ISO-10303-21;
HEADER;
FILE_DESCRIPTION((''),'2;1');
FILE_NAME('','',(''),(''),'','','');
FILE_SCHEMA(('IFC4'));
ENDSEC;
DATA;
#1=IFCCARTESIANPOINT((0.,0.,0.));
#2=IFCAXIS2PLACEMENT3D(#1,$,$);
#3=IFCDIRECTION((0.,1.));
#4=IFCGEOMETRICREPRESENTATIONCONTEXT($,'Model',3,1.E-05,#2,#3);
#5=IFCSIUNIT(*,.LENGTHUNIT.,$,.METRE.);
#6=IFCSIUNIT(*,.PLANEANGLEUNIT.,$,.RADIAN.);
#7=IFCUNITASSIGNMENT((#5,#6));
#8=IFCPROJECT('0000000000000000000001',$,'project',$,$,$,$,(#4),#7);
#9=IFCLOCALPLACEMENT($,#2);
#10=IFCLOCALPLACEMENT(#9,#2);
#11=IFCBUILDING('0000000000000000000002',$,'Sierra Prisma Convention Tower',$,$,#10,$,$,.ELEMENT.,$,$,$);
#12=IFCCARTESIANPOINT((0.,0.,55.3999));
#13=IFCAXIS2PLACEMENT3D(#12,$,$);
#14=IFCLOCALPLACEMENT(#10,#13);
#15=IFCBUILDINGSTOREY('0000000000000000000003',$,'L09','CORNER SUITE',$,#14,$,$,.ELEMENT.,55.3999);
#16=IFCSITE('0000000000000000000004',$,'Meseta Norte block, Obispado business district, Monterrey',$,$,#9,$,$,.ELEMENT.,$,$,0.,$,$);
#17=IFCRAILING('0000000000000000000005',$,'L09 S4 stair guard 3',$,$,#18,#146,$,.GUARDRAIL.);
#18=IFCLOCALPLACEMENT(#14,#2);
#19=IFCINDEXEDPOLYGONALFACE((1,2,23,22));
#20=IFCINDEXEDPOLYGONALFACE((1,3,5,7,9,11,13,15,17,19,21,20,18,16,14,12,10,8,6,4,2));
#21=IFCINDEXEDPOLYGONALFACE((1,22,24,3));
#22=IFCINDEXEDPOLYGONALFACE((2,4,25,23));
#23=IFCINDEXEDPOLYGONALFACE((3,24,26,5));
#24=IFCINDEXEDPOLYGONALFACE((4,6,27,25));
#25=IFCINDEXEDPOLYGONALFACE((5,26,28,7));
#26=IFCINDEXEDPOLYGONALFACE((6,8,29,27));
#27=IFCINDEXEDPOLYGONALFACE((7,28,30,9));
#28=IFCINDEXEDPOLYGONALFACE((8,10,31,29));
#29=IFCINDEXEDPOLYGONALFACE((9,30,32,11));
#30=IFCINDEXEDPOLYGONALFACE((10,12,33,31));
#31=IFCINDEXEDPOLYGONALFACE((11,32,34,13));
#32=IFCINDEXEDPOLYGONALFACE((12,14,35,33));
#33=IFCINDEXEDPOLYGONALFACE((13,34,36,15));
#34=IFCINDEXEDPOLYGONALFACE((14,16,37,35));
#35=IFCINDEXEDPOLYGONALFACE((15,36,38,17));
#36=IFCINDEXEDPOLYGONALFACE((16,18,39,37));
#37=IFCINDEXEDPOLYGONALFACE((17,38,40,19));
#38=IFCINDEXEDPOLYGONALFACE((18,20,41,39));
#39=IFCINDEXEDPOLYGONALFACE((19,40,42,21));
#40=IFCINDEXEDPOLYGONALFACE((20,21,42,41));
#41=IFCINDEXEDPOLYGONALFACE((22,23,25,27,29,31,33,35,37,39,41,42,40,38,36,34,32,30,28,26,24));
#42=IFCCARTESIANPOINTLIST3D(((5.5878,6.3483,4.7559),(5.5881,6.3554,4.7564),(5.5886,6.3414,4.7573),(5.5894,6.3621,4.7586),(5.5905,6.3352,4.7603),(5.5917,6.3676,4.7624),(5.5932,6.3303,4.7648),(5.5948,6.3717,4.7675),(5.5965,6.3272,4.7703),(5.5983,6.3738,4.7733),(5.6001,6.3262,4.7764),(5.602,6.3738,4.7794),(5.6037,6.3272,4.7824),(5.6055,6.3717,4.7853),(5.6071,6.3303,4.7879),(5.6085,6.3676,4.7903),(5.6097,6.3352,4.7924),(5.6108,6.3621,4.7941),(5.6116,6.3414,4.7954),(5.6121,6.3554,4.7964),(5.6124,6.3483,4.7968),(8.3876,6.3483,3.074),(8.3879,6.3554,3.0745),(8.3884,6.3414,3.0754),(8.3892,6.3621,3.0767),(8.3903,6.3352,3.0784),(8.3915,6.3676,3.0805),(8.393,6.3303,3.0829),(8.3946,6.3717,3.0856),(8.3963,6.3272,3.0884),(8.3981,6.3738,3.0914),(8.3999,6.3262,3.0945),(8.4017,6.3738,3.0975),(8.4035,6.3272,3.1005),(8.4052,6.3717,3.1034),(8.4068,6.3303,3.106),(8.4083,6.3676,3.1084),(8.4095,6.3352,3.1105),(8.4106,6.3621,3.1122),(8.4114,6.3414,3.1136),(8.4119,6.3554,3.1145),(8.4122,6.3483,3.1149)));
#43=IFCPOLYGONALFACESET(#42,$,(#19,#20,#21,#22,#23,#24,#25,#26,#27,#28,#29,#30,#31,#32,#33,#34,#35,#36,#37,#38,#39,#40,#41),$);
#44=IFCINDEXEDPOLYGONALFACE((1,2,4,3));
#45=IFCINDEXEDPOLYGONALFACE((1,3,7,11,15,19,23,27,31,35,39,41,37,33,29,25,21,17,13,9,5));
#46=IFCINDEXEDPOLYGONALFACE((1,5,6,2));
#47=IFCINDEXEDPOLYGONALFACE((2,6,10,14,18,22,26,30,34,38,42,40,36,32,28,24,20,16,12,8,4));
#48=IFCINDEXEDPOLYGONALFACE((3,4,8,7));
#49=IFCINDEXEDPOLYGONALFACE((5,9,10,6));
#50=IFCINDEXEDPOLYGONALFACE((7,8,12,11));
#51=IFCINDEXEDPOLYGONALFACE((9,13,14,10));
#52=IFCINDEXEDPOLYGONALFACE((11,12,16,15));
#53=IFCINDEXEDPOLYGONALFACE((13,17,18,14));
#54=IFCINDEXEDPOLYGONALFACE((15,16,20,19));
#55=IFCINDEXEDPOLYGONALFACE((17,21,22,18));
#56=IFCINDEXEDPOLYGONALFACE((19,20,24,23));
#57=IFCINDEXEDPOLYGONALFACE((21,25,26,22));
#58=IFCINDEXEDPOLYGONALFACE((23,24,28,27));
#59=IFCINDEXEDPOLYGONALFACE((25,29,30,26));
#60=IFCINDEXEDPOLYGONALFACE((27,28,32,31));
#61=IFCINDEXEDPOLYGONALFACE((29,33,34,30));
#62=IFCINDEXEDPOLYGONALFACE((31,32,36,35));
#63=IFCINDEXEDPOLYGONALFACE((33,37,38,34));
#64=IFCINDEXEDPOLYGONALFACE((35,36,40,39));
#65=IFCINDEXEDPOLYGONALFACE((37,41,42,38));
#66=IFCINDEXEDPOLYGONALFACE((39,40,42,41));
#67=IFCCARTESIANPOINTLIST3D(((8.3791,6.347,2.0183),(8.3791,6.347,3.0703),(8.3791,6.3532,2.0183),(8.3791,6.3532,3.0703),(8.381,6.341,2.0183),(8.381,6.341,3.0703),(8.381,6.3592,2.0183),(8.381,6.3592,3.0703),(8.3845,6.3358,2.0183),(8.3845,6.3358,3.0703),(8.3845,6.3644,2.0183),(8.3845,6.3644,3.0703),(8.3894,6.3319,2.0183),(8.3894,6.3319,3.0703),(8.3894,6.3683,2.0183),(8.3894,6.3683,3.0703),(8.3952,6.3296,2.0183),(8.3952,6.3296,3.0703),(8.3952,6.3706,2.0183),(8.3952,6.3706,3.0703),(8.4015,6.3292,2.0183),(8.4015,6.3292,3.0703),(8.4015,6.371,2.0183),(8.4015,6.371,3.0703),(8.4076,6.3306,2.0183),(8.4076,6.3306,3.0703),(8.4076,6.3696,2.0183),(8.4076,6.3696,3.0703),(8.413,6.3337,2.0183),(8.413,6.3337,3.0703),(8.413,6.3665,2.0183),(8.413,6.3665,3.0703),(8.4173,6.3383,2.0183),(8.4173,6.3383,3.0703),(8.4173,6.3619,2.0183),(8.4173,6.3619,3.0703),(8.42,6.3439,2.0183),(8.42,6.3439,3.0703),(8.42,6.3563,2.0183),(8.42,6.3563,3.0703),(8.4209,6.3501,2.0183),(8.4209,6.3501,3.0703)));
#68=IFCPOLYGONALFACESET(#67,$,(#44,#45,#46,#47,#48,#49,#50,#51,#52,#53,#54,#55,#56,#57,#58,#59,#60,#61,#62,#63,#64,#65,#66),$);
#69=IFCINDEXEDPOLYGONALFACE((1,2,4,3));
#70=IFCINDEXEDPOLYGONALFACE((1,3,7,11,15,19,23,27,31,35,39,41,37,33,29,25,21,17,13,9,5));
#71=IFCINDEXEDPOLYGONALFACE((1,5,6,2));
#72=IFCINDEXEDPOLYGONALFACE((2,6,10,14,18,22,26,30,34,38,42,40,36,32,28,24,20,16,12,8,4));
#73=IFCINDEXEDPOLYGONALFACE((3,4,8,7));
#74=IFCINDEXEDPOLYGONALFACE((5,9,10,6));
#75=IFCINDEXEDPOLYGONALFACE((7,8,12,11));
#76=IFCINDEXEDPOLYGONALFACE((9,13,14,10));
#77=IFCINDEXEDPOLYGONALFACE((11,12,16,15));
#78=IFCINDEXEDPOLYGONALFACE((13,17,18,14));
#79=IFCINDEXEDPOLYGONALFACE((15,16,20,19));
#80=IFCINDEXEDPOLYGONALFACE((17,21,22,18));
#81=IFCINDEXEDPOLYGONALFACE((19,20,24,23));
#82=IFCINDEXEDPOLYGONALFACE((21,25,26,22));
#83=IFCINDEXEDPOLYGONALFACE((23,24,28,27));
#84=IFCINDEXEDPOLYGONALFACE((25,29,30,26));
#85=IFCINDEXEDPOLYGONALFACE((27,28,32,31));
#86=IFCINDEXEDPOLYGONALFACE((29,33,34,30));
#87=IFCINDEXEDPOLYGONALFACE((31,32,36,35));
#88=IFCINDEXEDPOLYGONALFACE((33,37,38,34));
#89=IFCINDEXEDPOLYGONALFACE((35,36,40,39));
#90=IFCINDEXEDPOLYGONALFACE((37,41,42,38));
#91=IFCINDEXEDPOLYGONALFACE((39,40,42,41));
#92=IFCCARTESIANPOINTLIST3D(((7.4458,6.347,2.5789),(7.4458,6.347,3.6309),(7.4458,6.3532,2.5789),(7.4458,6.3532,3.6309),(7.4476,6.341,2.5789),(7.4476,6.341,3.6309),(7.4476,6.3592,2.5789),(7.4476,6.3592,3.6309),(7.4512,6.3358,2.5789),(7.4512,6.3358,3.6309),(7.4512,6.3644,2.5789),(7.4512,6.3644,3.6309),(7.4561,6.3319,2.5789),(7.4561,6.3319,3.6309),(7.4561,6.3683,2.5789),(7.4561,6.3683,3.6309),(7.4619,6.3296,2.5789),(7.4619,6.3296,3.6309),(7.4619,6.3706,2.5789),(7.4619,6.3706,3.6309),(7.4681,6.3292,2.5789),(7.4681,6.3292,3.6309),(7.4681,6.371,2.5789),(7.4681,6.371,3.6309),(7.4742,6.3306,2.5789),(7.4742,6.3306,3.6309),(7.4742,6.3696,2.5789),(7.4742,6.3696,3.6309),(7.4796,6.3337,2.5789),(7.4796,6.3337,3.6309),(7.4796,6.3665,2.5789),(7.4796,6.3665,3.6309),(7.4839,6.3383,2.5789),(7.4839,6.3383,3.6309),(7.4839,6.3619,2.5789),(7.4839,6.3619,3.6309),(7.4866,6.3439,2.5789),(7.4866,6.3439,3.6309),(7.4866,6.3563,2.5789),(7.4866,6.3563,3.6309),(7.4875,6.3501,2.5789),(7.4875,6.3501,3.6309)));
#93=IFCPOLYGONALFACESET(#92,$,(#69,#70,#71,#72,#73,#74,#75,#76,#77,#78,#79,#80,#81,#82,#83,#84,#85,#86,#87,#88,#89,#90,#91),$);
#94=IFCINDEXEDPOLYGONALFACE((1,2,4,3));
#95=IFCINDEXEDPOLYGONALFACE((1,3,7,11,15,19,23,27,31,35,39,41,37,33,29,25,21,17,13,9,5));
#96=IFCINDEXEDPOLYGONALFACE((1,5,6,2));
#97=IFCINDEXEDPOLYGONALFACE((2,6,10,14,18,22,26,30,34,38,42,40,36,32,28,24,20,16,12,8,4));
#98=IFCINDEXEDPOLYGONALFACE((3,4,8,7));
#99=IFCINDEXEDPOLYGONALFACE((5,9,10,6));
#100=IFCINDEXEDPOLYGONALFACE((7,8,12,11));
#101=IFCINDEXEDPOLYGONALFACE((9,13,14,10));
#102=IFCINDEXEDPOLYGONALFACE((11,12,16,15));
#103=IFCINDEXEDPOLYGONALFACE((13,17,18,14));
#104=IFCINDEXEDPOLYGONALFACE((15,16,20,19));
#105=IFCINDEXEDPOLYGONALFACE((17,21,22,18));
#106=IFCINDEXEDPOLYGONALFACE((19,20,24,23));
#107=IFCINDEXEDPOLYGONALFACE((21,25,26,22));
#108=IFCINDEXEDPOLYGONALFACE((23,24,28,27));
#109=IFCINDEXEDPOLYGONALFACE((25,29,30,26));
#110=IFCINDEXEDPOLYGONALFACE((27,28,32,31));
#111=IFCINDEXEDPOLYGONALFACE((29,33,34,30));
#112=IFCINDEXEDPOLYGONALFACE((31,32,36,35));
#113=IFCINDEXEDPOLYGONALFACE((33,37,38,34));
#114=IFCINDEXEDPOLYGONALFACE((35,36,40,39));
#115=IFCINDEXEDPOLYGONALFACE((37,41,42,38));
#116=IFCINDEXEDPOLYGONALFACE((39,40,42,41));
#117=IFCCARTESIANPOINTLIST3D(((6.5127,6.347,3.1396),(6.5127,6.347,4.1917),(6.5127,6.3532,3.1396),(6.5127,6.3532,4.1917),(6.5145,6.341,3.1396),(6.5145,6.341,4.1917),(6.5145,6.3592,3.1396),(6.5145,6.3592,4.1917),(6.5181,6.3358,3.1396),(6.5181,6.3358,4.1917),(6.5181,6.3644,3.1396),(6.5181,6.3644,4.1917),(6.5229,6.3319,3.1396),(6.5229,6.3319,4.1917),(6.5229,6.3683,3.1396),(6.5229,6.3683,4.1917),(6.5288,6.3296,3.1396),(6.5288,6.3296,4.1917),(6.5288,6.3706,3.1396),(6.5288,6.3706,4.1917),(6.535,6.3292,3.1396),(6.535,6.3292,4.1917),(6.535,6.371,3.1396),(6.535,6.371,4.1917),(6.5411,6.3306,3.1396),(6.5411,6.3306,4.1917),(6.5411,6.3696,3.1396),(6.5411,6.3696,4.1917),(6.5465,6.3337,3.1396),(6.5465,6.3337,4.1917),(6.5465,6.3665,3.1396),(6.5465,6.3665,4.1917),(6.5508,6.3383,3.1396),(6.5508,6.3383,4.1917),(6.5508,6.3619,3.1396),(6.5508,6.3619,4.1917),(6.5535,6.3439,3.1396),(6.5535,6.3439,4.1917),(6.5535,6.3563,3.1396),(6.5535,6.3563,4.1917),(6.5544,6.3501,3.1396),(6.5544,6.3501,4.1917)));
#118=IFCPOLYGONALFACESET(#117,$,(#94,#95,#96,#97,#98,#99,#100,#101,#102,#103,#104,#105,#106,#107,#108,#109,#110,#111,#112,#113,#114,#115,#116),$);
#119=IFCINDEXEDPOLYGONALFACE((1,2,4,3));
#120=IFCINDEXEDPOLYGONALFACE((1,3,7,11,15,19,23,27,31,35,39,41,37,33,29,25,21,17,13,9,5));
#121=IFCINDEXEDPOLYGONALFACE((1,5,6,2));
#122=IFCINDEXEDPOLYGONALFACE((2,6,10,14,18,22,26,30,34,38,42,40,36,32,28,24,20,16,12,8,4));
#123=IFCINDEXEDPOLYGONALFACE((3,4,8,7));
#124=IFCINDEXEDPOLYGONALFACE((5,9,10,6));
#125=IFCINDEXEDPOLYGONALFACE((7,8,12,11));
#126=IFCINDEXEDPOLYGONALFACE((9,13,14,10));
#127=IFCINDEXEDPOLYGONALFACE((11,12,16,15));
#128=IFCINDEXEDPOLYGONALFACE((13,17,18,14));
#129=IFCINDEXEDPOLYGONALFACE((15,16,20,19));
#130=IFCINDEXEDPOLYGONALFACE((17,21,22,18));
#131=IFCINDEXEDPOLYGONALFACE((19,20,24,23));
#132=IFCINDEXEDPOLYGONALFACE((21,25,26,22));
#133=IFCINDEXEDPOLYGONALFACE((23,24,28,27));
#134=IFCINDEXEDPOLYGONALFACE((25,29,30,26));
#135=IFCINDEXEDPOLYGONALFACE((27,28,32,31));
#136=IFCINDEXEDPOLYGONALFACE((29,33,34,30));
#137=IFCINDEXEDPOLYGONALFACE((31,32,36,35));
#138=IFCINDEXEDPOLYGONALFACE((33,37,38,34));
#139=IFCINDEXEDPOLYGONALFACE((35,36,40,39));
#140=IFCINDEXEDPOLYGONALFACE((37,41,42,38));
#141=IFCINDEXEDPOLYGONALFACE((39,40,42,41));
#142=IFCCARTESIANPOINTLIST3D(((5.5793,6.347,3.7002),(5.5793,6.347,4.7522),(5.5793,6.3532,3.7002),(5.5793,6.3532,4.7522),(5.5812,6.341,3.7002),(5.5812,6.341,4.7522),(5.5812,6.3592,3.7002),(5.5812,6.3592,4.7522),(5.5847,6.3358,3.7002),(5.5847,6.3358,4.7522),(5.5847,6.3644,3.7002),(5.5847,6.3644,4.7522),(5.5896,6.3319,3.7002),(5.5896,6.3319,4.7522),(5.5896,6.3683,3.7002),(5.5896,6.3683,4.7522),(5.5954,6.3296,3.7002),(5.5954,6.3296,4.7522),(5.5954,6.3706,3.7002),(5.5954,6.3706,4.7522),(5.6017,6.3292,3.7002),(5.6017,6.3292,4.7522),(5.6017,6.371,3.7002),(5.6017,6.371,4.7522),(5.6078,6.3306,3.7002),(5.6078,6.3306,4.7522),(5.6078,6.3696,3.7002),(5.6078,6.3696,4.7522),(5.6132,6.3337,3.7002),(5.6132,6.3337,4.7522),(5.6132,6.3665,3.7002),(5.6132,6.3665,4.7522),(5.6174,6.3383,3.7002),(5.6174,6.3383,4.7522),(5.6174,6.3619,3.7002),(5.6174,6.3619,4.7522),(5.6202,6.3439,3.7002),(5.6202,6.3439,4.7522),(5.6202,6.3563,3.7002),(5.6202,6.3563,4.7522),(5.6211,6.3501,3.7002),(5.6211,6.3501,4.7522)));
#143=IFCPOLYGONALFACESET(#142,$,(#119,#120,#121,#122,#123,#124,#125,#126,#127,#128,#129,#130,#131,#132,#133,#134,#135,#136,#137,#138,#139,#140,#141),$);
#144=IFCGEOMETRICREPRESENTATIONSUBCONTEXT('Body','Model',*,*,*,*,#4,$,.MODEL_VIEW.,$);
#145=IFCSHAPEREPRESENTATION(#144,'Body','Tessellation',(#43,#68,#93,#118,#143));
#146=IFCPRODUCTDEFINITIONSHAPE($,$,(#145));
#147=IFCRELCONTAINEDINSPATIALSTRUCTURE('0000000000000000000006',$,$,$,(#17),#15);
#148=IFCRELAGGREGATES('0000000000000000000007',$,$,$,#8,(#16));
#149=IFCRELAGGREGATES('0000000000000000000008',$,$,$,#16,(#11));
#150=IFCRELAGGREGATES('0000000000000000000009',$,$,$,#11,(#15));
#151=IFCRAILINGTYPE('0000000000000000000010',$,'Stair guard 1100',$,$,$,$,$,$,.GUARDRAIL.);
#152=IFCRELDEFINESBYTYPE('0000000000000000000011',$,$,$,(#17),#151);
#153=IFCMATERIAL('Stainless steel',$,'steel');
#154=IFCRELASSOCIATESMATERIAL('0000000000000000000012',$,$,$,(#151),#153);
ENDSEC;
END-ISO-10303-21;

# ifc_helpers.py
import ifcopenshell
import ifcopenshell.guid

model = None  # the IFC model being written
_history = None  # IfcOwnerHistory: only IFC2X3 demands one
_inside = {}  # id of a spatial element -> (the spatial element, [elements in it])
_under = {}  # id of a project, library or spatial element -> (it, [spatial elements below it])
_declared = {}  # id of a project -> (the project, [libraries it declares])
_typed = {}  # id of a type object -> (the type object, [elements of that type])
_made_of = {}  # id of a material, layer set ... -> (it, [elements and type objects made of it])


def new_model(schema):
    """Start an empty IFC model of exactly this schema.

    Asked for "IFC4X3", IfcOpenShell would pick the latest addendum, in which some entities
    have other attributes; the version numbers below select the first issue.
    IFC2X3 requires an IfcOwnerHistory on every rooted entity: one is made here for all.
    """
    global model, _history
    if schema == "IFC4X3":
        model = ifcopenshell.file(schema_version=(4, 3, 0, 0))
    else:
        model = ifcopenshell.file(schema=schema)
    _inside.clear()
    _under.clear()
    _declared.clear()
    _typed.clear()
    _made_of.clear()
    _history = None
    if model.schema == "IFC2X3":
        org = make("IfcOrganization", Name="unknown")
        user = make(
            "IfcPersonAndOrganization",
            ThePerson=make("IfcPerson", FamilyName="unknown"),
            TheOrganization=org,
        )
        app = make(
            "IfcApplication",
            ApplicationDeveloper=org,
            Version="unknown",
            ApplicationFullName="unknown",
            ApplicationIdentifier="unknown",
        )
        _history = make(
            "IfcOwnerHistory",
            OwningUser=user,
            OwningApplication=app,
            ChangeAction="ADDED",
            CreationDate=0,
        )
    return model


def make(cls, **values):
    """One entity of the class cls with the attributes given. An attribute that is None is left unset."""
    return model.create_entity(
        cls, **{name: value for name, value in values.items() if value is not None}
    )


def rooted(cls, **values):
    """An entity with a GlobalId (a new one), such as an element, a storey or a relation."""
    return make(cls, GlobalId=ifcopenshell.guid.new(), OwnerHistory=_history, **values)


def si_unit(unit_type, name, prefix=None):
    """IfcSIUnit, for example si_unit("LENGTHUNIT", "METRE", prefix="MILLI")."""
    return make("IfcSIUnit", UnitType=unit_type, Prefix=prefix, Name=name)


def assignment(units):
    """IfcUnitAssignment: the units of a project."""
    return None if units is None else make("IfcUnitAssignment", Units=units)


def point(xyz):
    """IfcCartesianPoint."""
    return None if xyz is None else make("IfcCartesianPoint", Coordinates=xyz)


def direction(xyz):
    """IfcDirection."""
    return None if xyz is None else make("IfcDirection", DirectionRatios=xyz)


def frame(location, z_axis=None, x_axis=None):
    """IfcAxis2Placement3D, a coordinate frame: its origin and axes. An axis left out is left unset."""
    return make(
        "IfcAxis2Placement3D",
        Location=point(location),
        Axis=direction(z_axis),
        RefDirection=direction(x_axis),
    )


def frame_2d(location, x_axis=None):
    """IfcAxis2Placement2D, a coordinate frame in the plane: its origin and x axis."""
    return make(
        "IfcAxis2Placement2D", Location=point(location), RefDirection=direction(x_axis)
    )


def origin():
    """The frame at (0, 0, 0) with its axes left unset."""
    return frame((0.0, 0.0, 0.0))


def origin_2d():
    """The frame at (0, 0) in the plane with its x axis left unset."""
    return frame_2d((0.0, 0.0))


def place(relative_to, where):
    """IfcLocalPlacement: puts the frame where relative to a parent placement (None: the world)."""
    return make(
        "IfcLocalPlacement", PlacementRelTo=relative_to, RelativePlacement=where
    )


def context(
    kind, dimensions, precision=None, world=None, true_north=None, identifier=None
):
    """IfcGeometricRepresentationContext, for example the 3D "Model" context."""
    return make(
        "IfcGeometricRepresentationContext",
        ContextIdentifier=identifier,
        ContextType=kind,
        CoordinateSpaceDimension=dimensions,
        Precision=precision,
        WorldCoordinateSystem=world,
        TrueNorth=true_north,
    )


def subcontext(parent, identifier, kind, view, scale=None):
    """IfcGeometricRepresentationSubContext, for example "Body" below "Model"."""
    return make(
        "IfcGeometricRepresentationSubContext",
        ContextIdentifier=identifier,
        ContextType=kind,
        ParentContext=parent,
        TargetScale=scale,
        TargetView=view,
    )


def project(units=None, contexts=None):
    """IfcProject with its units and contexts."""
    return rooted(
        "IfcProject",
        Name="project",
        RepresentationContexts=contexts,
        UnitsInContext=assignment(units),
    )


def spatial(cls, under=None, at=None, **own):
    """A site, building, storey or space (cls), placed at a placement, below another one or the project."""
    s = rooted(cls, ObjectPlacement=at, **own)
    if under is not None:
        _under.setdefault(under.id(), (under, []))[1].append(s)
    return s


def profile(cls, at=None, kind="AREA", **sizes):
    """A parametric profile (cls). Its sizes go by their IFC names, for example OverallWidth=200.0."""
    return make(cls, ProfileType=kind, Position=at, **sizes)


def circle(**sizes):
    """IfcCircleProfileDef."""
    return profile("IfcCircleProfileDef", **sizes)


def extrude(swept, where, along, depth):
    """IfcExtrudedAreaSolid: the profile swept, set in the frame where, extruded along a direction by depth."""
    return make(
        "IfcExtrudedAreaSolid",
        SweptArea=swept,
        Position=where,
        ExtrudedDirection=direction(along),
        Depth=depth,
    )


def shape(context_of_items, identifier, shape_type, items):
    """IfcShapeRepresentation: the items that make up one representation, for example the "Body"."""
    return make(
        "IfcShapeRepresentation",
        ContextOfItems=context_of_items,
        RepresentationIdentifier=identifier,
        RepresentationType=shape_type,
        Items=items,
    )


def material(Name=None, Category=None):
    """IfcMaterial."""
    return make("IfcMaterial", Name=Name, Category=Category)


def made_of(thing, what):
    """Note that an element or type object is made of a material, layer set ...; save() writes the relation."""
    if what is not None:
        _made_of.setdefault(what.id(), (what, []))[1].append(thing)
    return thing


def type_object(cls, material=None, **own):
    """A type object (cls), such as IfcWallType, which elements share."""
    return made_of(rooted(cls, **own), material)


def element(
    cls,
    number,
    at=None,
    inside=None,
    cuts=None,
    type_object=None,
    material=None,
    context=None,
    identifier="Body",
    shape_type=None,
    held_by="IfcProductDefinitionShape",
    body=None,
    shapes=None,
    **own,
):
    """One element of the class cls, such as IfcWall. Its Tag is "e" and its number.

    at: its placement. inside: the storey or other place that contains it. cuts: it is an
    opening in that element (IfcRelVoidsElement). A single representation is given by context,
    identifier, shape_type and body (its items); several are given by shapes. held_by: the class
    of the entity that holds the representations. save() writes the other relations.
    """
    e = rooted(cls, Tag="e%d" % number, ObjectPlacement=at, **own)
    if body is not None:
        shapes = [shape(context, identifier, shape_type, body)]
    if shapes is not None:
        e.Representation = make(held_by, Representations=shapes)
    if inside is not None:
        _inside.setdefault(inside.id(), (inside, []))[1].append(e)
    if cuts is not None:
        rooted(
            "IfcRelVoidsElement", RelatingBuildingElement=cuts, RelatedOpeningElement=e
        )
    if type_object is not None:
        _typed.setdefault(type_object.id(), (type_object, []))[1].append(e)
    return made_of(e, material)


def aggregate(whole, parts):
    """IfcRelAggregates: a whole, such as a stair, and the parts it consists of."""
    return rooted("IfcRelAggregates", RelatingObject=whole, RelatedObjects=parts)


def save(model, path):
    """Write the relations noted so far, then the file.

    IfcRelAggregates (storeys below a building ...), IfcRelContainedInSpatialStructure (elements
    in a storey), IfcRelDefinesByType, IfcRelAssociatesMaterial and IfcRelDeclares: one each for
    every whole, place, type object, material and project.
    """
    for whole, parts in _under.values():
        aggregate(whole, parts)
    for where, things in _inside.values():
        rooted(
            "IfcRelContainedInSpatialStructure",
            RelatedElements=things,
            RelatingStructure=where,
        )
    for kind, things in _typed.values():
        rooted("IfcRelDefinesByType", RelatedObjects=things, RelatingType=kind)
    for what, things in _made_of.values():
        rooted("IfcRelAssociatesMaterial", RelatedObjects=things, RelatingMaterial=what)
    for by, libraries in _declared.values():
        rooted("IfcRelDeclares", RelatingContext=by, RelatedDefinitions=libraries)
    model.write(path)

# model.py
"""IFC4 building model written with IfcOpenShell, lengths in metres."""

from ifc_helpers import new_model, si_unit, direction, frame, origin, origin_2d, place, context, subcontext, project, spatial, circle, extrude, material, type_object, element, save


model = new_model("IFC4")

# Units and contexts
model_context = context("Model", 3, precision=1e-05, world=origin(), true_north=direction((0.0, 1.0)))
body_context = subcontext(model_context, "Body", "Model", "MODEL_VIEW")
ifc_project = project(units=[si_unit("LENGTHUNIT", "METRE"), si_unit("PLANEANGLEUNIT", "RADIAN")], contexts=[model_context])

# Site, building, storey
site_placement = place(None, origin())
site = spatial("IfcSite", under=ifc_project, at=site_placement, Name="Meseta Norte block, Obispado business district, Monterrey", CompositionType="ELEMENT", RefElevation=0.0)
building_placement = place(site_placement, origin())
building = spatial("IfcBuilding", under=site, at=building_placement, Name="Sierra Prisma Convention Tower", CompositionType="ELEMENT")
storey_placement = place(building_placement, frame((0.0, 0.0, 55.3999)))
storey = spatial("IfcBuildingStorey", under=building, at=storey_placement, Name="L09", Description="CORNER SUITE", CompositionType="ELEMENT", Elevation=55.3999)

# Railing
ifc_material_1 = material(Name="Stainless steel", Category="steel")
railing_type_1 = type_object("IfcRailingType", Name="Stair guard 1100", PredefinedType="GUARDRAIL", material=ifc_material_1)
railing_1_placement = place(storey_placement, frame((8.3999, 6.3501, 2.0183)))
element("IfcRailing", 1, at=railing_1_placement, inside=storey, type_object=railing_type_1, Name="L09 S4 stair guard 3", PredefinedType="GUARDRAIL", context=body_context, shape_type="SweptSolid", body=[
    extrude(circle(Radius=0.0239, at=origin_2d()), frame((0.0, 0.0, 1.0762), z_axis=(-0.857222, 0.0, 0.514946), x_axis=(0.0, -1.0, 0.0)), (0.0, 0.0, 1.0), 3.2661),
    extrude(circle(Radius=0.021, at=origin_2d()), origin(), (0.0, 0.0, 1.0), 1.052),
    extrude(circle(Radius=0.021, at=origin_2d()), frame((-0.9333, 0.0, 0.5605)), (0.0, 0.0, 1.0), 1.052),
    extrude(circle(Radius=0.021, at=origin_2d()), frame((-1.8665, 0.0, 1.1213)), (0.0, 0.0, 1.0), 1.052),
    extrude(circle(Radius=0.021, at=origin_2d()), frame((-2.7998, 0.0, 1.6819)), (0.0, 0.0, 1.0), 1.052),
])

save(model, "model.ifc")
